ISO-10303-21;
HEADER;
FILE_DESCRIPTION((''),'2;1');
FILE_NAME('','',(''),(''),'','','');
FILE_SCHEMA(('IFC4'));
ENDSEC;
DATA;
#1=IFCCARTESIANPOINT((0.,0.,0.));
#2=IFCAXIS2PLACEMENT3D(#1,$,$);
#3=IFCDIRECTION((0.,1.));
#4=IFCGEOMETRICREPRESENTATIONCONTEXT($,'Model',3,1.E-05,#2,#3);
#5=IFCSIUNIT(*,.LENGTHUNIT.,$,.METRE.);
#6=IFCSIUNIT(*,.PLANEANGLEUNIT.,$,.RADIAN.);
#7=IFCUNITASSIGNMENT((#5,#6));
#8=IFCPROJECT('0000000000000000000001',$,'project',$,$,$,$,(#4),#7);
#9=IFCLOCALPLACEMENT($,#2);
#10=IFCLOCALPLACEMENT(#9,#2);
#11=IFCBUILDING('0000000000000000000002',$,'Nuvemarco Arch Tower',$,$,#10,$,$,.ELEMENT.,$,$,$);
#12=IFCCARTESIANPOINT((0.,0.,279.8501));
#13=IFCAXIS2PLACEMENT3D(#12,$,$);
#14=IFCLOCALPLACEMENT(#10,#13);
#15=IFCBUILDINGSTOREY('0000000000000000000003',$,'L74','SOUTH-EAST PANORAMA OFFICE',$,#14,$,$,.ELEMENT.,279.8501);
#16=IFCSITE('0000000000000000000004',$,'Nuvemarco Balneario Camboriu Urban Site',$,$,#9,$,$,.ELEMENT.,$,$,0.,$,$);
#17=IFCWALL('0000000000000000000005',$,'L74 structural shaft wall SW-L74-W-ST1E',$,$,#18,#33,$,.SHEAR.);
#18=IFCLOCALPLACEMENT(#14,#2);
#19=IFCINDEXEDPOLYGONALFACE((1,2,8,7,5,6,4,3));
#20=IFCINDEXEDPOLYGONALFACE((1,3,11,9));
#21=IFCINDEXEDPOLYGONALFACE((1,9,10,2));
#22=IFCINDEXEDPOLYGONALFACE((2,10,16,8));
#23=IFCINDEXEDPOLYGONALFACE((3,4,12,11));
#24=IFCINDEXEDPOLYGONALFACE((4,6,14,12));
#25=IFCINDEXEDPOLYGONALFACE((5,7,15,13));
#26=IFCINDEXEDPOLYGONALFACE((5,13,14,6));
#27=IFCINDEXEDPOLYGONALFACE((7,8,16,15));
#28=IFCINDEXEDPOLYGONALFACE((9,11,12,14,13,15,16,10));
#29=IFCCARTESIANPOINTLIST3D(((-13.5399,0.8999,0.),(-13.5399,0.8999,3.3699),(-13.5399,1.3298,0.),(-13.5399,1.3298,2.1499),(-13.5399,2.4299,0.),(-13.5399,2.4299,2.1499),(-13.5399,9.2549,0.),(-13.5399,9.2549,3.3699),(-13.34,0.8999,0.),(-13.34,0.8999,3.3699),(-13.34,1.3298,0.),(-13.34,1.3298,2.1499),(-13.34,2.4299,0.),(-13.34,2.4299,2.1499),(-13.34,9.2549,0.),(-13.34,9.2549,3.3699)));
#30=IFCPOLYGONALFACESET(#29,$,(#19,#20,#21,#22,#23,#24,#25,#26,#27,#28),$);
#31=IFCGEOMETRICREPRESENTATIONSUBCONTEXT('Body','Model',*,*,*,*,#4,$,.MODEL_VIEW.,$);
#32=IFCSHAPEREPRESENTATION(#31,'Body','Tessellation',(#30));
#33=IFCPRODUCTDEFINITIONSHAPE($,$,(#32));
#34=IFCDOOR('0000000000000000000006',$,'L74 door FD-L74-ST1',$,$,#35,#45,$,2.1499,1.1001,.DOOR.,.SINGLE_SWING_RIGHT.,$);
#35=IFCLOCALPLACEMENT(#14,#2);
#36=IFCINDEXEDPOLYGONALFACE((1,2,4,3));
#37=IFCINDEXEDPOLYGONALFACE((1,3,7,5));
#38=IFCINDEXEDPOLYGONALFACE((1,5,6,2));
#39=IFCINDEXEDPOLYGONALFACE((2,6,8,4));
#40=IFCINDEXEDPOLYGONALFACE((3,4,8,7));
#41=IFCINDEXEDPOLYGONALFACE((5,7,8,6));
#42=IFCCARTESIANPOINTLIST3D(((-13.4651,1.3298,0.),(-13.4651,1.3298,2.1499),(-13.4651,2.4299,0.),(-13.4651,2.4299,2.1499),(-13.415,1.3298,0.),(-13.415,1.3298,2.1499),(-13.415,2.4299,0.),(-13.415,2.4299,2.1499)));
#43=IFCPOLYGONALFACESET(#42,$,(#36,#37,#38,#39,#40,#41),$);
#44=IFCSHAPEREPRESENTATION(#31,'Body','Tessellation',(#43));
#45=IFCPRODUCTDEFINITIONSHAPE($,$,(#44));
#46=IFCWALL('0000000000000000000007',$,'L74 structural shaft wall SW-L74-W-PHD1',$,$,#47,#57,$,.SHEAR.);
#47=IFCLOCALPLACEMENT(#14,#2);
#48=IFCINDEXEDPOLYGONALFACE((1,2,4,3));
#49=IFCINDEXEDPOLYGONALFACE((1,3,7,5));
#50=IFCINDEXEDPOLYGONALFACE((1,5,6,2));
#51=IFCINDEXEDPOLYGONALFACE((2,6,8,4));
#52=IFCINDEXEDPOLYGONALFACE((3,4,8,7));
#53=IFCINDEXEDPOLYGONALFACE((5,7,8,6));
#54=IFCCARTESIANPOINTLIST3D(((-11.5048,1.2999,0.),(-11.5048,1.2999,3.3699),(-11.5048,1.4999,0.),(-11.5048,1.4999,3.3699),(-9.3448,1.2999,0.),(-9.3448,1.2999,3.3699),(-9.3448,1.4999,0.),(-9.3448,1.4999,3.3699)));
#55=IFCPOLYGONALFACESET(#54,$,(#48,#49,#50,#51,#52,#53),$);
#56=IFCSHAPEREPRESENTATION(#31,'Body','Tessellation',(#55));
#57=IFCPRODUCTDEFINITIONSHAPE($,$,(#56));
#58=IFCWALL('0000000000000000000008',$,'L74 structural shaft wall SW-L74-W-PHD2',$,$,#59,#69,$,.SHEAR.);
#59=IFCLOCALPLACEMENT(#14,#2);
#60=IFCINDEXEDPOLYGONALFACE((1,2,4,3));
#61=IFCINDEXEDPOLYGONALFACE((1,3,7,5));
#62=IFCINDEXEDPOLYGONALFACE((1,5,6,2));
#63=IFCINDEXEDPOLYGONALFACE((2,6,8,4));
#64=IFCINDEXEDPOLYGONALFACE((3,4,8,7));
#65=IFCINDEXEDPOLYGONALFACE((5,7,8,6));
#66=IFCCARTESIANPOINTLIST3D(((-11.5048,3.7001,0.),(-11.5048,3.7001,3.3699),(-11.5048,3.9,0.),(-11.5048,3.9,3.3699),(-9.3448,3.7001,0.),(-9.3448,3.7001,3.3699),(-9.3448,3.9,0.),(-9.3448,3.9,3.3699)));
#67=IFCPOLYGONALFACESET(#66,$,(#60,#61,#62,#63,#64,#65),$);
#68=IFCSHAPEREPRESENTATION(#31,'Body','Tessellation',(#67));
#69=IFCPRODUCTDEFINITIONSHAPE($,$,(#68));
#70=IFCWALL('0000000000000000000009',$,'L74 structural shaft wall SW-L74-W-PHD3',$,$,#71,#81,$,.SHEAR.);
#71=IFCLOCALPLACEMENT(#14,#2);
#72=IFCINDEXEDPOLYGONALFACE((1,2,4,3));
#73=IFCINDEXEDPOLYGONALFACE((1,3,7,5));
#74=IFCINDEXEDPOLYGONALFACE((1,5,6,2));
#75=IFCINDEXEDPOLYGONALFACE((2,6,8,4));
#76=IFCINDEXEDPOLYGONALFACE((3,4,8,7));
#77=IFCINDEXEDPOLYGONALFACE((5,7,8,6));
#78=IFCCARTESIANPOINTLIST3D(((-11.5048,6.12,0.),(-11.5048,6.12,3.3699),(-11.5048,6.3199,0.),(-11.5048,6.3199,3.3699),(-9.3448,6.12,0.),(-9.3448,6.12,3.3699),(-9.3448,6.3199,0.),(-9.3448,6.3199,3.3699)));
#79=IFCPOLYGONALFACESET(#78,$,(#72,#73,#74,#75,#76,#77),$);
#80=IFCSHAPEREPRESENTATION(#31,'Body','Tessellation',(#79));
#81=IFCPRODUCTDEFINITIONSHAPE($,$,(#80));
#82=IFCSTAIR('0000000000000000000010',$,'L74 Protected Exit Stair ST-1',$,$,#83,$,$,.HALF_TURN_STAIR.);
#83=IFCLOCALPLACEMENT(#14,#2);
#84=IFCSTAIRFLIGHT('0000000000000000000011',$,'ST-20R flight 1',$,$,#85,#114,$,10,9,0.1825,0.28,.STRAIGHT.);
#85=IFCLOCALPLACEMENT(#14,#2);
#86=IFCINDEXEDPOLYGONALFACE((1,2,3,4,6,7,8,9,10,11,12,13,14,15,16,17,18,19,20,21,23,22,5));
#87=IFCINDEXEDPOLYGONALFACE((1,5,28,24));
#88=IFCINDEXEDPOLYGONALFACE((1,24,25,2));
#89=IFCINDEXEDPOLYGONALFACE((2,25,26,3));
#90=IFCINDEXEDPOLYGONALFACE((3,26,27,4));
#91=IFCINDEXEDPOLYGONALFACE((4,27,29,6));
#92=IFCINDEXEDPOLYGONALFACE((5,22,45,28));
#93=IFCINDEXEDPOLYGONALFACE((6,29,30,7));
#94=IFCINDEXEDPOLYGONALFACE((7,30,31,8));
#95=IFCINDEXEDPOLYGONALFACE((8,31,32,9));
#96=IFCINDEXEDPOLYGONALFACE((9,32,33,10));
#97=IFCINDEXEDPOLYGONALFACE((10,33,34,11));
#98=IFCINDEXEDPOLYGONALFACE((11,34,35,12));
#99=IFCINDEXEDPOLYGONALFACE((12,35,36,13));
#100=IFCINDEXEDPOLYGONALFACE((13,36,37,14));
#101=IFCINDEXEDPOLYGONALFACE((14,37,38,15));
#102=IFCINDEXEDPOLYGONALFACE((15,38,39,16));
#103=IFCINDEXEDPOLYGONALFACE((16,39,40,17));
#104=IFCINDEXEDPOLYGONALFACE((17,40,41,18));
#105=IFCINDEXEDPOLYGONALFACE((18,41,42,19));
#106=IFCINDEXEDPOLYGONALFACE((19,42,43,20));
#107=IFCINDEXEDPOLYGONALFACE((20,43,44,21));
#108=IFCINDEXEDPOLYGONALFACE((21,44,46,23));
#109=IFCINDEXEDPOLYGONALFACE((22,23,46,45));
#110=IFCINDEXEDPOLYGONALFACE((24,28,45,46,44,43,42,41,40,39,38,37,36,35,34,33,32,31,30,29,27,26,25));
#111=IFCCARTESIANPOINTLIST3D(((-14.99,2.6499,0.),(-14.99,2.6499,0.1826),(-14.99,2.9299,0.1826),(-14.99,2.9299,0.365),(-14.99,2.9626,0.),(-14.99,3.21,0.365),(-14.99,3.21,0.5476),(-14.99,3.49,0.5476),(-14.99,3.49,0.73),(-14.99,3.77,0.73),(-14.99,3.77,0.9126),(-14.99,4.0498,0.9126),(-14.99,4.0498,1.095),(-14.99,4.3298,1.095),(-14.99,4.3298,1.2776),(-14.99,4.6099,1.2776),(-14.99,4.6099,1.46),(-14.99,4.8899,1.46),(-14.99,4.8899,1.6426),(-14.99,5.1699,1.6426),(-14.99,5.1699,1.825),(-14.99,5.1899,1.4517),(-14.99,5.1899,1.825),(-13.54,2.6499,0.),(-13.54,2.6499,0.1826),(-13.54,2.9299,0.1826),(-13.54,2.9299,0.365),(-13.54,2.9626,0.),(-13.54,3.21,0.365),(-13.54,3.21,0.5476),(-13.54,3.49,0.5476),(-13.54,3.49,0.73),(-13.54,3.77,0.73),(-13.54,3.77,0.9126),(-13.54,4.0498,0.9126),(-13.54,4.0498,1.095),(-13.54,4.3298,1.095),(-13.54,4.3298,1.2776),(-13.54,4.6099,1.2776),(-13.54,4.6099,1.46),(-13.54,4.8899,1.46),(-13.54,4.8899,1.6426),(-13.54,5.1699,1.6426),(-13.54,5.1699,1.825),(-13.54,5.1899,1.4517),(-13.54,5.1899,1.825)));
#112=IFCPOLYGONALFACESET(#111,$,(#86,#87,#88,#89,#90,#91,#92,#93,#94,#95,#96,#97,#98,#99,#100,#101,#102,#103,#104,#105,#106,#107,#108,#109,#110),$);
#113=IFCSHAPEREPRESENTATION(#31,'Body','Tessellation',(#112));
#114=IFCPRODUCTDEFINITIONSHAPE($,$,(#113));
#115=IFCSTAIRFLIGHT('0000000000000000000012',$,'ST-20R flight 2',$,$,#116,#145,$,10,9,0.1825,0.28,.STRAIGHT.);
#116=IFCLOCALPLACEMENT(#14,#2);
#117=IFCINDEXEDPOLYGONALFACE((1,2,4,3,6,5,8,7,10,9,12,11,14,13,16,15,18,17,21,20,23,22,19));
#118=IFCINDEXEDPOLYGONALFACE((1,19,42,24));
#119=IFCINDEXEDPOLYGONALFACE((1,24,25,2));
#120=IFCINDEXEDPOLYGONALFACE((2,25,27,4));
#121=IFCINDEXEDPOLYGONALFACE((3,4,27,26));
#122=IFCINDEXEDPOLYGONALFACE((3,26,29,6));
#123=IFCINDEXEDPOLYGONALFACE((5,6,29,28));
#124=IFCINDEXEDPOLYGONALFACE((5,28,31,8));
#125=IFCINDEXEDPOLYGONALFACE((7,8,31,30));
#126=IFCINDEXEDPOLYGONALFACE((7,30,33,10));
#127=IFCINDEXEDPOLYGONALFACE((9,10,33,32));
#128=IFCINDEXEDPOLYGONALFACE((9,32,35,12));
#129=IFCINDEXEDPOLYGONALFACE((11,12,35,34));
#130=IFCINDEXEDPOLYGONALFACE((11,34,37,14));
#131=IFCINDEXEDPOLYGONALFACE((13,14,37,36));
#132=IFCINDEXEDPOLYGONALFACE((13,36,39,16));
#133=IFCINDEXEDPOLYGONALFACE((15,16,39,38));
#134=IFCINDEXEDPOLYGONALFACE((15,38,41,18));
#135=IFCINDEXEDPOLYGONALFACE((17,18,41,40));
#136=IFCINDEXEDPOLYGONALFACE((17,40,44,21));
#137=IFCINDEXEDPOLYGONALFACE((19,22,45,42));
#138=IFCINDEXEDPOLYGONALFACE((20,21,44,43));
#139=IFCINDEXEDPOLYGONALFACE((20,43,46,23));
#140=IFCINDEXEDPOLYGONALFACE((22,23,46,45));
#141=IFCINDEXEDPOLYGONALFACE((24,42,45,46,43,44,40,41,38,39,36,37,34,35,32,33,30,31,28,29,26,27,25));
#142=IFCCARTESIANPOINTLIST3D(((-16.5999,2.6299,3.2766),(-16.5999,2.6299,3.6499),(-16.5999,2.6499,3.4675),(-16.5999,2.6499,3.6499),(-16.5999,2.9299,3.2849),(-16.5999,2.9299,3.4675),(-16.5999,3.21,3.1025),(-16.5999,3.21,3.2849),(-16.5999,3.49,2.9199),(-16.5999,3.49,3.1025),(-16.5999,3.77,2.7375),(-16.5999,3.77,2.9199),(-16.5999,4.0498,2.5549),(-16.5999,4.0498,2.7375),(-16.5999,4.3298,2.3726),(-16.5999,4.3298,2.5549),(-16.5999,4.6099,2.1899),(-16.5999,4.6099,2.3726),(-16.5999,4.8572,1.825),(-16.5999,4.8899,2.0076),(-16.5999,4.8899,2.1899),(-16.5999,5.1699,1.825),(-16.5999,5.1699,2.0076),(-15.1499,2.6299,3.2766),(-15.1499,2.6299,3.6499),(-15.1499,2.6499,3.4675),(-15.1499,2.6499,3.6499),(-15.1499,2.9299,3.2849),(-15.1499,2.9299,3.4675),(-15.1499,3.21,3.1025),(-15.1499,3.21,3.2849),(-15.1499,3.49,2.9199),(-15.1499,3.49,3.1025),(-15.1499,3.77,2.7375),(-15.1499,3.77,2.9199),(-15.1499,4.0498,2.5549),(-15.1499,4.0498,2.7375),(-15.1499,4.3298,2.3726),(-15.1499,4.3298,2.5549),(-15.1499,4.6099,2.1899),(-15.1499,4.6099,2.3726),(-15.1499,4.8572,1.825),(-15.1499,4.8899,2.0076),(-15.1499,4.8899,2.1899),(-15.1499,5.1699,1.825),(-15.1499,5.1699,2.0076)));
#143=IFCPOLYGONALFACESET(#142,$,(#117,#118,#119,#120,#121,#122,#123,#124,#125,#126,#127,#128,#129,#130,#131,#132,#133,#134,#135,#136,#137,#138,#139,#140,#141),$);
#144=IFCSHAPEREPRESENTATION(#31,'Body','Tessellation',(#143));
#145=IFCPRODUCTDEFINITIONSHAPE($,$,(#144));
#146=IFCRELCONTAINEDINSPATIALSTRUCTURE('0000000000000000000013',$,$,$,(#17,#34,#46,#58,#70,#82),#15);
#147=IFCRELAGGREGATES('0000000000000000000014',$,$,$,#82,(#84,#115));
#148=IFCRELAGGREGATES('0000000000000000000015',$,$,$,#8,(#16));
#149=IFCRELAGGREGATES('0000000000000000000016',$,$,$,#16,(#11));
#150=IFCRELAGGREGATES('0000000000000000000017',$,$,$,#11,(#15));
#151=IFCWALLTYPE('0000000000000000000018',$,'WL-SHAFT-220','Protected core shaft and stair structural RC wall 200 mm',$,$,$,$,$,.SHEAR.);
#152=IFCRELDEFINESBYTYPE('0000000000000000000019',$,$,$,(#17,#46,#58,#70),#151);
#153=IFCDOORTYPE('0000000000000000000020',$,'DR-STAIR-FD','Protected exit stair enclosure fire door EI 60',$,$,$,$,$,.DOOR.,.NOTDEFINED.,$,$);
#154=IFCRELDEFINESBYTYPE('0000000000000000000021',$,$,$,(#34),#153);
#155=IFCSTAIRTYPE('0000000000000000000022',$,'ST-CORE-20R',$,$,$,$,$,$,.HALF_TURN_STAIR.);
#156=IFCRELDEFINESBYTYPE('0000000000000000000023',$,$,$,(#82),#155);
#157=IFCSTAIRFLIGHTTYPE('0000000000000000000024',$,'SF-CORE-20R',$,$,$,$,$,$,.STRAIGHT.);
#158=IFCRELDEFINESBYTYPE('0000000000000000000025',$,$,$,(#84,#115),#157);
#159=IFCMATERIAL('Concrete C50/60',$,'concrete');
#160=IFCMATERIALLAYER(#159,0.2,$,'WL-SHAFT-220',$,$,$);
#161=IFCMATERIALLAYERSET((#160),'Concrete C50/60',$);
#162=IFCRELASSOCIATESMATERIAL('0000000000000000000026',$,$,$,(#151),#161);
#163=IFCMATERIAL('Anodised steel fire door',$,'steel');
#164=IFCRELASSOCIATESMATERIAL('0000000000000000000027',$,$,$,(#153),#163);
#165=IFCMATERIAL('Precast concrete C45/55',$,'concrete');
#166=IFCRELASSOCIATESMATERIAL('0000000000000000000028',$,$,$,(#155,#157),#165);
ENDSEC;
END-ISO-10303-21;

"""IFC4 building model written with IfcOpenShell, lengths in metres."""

from ifc_helpers import new_model, si_unit, direction, frame, frame_2d, origin, place, context, subcontext, project, spatial, polyline, rectangle, outline, extrude, source, transform, mapped, material, layer, layer_set, type_object, type_shapes, element, fill, aggregate, save


model = new_model("IFC4")

# Units and contexts
model_context = context("Model", 3, precision=1e-05, world=origin(), true_north=direction((0.0, 1.0)))
body_context = subcontext(model_context, "Body", "Model", "MODEL_VIEW")
ifc_project = project(units=[si_unit("LENGTHUNIT", "METRE"), si_unit("PLANEANGLEUNIT", "RADIAN")], contexts=[model_context])

# Site, building, storey
site_placement = place(None, origin())
site = spatial("IfcSite", under=ifc_project, at=site_placement, Name="Nuvemarco Balneario Camboriu Urban Site", CompositionType="ELEMENT", RefElevation=0.0)
building_placement = place(site_placement, origin())
building = spatial("IfcBuilding", under=site, at=building_placement, Name="Nuvemarco Arch Tower", CompositionType="ELEMENT")
storey_placement = place(building_placement, frame((0.0, 0.0, 279.8501)))
storey = spatial("IfcBuildingStorey", under=building, at=storey_placement, Name="L74", Description="SOUTH-EAST PANORAMA OFFICE", CompositionType="ELEMENT", Elevation=279.8501)

# Shared definitions
ifc_material_1 = material(Name="Concrete C50/60", Category="concrete")

# Wall, opening, door
ifc_layer_1 = layer(ifc_material_1, 0.2, Name="WL-SHAFT-220")
ifc_layer_set_1 = layer_set([ifc_layer_1], Name="Concrete C50/60")
wall_type_1 = type_object("IfcWallType", Name="WL-SHAFT-220", Description="Protected core shaft and stair structural RC wall 200 mm", PredefinedType="SHEAR", material=ifc_layer_set_1)
wall_1_placement = place(storey_placement, frame((-13.4399, 0.8999, 0.0), z_axis=(0.0, 0.0, 1.0), x_axis=(0.0, 1.0, 0.0)))
wall_1 = element("IfcWall", 1, at=wall_1_placement, inside=storey, type_object=wall_type_1, Name="L74 structural shaft wall SW-L74-W-ST1E", PredefinedType="SHEAR", context=body_context, shape_type="SweptSolid", body=[
    extrude(rectangle(XDim=8.355, YDim=0.2, at=frame_2d((4.1775, 0.0))), origin(), (0.0, 0.0, 1.0), 3.3699),
])
opening_1_placement = place(wall_1_placement, frame((1.53, 0.0, 0.0), z_axis=(0.0, 0.0, 1.0), x_axis=(-1.0, 0.0, 0.0)))
opening_1 = element("IfcOpeningElement", 2, at=opening_1_placement, cuts=wall_1, PredefinedType="OPENING", context=body_context, shape_type="SweptSolid", body=[
    extrude(rectangle(XDim=1.1001, YDim=2.1499, at=frame_2d((0.55, 1.075))), frame((0.0, 0.1099, 0.0), z_axis=(0.0, -1.0, 0.0), x_axis=(1.0, 0.0, 0.0)), (0.0, 0.0, 1.0), 0.22),
])
ifc_material_2 = material(Name="Anodised steel fire door", Category="steel")
door_type_1 = type_object("IfcDoorType", Name="DR-STAIR-FD", Description="Protected exit stair enclosure fire door EI 60", OperationType="NOTDEFINED", PredefinedType="DOOR", material=ifc_material_2)
shared_shape_1 = source(origin(), body_context, "Body", "SweptSolid", [
    extrude(rectangle(XDim=1.1001, YDim=2.1499, at=frame_2d((0.55, 1.075))), frame((0.0, 0.0249, 0.0), z_axis=(0.0, -1.0, 0.0), x_axis=(1.0, 0.0, 0.0)), (0.0, 0.0, 1.0), 0.05),
])
type_shapes(door_type_1, [shared_shape_1])
door_1_placement = place(opening_1_placement, origin())
door_1 = element("IfcDoor", 3, at=door_1_placement, inside=storey, type_object=door_type_1, Name="L74 door FD-L74-ST1", OperationType="SINGLE_SWING_RIGHT", OverallHeight=2.1499, OverallWidth=1.1001, PredefinedType="DOOR", context=body_context, shape_type="MappedRepresentation", body=[
    mapped(shared_shape_1, transform((0.0, 0.0, 0.0), scale=1.0)),
])
fill(opening_1, door_1)

# Walls
for number, where, z_axis, x_axis, name in (
    (4, (-11.5049, 1.3999, 0.0), (0.0, 0.0, 1.0), (1.0, 0.0, 0.0), "L74 structural shaft wall SW-L74-W-PHD1"),
    (5, (-11.5049, 3.8, 0.0), (0.0, 0.0, 1.0), (1.0, 0.0, 0.0), "L74 structural shaft wall SW-L74-W-PHD2"),
    (6, (-11.5049, 6.22, 0.0), (0.0, 0.0, 1.0), (1.0, 0.0, 0.0), "L74 structural shaft wall SW-L74-W-PHD3"),
):
    element("IfcWall", number, at=place(storey_placement, frame(where, z_axis=z_axis, x_axis=x_axis)), inside=storey, type_object=wall_type_1, Name=name, PredefinedType="SHEAR", context=body_context, shape_type="SweptSolid", body=[
        extrude(rectangle(XDim=2.1599, YDim=0.2, at=frame_2d((1.0801, 0.0))), origin(), (0.0, 0.0, 1.0), 3.3699),
    ])

# Stair, stair flights
ifc_material_3 = material(Name="Precast concrete C45/55", Category="concrete")
stair_type = type_object("IfcStairType", Name="ST-CORE-20R", PredefinedType="HALF_TURN_STAIR", material=ifc_material_3)
stair_placement = place(storey_placement, origin())
stair = element("IfcStair", 7, at=stair_placement, inside=storey, type_object=stair_type, Name="L74 Protected Exit Stair ST-1", PredefinedType="HALF_TURN_STAIR")
stair_flight_type = type_object("IfcStairFlightType", Name="SF-CORE-20R", PredefinedType="STRAIGHT", material=ifc_material_3)
stair_flight_1_placement = place(storey_placement, frame((-14.2649, 2.6499, 0.0), z_axis=(0.0, 0.0, 1.0), x_axis=(0.0, 1.0, 0.0)))
stair_flight_1 = element("IfcStairFlight", 8, at=stair_flight_1_placement, type_object=stair_flight_type, Name="ST-20R flight 1", NumberOfRisers=10, NumberOfTreads=9, PredefinedType="STRAIGHT", RiserHeight=0.1825, TreadLength=0.28, context=body_context, shape_type="SweptSolid", body=[
    extrude(outline(polyline([(0.0, 0.0), (0.0, 0.1826), (0.28, 0.1826), (0.28, 0.365), (0.5601, 0.365), (0.5601, 0.5476), (0.8401, 0.5476), (0.8401, 0.73), (1.1201, 0.73), (1.1201, 0.9126), (1.3999, 0.9126), (1.3999, 1.095), (1.6799, 1.095), (1.6799, 1.2776), (1.96, 1.2776), (1.96, 1.46), (2.24, 1.46), (2.24, 1.6426), (2.52, 1.6426), (2.52, 1.825), (2.54, 1.825), (2.54, 1.4517), (0.3127, 0.0), (0.0, 0.0)])), frame((0.0, 0.7251, 0.0), z_axis=(0.0, -1.0, 0.0), x_axis=(1.0, 0.0, 0.0)), (0.0, 0.0, 1.0), 1.45),
])
stair_flight_2_placement = place(storey_placement, frame((-15.875, 5.1699, 1.825), z_axis=(0.0, 0.0, 1.0), x_axis=(0.0, -1.0, 0.0)))
stair_flight_2 = element("IfcStairFlight", 9, at=stair_flight_2_placement, type_object=stair_flight_type, Name="ST-20R flight 2", NumberOfRisers=10, NumberOfTreads=9, PredefinedType="STRAIGHT", RiserHeight=0.1825, TreadLength=0.28, context=body_context, shape_type="SweptSolid", body=[
    extrude(outline(polyline([(0.0, 0.0), (0.0, 0.1826), (0.28, 0.1826), (0.28, 0.365), (0.5601, 0.365), (0.5601, 0.5476), (0.8401, 0.5476), (0.8401, 0.73), (1.1201, 0.73), (1.1201, 0.9126), (1.3999, 0.9126), (1.3999, 1.095), (1.6799, 1.095), (1.6799, 1.2776), (1.96, 1.2776), (1.96, 1.46), (2.24, 1.46), (2.24, 1.6426), (2.52, 1.6426), (2.52, 1.825), (2.54, 1.825), (2.54, 1.4517), (0.3127, 0.0), (0.0, 0.0)])), frame((0.0, 0.7251, 0.0), z_axis=(0.0, -1.0, 0.0), x_axis=(1.0, 0.0, 0.0)), (0.0, 0.0, 1.0), 1.45),
])
aggregate(stair, [stair_flight_1, stair_flight_2])

save(model, "model.ifc")
